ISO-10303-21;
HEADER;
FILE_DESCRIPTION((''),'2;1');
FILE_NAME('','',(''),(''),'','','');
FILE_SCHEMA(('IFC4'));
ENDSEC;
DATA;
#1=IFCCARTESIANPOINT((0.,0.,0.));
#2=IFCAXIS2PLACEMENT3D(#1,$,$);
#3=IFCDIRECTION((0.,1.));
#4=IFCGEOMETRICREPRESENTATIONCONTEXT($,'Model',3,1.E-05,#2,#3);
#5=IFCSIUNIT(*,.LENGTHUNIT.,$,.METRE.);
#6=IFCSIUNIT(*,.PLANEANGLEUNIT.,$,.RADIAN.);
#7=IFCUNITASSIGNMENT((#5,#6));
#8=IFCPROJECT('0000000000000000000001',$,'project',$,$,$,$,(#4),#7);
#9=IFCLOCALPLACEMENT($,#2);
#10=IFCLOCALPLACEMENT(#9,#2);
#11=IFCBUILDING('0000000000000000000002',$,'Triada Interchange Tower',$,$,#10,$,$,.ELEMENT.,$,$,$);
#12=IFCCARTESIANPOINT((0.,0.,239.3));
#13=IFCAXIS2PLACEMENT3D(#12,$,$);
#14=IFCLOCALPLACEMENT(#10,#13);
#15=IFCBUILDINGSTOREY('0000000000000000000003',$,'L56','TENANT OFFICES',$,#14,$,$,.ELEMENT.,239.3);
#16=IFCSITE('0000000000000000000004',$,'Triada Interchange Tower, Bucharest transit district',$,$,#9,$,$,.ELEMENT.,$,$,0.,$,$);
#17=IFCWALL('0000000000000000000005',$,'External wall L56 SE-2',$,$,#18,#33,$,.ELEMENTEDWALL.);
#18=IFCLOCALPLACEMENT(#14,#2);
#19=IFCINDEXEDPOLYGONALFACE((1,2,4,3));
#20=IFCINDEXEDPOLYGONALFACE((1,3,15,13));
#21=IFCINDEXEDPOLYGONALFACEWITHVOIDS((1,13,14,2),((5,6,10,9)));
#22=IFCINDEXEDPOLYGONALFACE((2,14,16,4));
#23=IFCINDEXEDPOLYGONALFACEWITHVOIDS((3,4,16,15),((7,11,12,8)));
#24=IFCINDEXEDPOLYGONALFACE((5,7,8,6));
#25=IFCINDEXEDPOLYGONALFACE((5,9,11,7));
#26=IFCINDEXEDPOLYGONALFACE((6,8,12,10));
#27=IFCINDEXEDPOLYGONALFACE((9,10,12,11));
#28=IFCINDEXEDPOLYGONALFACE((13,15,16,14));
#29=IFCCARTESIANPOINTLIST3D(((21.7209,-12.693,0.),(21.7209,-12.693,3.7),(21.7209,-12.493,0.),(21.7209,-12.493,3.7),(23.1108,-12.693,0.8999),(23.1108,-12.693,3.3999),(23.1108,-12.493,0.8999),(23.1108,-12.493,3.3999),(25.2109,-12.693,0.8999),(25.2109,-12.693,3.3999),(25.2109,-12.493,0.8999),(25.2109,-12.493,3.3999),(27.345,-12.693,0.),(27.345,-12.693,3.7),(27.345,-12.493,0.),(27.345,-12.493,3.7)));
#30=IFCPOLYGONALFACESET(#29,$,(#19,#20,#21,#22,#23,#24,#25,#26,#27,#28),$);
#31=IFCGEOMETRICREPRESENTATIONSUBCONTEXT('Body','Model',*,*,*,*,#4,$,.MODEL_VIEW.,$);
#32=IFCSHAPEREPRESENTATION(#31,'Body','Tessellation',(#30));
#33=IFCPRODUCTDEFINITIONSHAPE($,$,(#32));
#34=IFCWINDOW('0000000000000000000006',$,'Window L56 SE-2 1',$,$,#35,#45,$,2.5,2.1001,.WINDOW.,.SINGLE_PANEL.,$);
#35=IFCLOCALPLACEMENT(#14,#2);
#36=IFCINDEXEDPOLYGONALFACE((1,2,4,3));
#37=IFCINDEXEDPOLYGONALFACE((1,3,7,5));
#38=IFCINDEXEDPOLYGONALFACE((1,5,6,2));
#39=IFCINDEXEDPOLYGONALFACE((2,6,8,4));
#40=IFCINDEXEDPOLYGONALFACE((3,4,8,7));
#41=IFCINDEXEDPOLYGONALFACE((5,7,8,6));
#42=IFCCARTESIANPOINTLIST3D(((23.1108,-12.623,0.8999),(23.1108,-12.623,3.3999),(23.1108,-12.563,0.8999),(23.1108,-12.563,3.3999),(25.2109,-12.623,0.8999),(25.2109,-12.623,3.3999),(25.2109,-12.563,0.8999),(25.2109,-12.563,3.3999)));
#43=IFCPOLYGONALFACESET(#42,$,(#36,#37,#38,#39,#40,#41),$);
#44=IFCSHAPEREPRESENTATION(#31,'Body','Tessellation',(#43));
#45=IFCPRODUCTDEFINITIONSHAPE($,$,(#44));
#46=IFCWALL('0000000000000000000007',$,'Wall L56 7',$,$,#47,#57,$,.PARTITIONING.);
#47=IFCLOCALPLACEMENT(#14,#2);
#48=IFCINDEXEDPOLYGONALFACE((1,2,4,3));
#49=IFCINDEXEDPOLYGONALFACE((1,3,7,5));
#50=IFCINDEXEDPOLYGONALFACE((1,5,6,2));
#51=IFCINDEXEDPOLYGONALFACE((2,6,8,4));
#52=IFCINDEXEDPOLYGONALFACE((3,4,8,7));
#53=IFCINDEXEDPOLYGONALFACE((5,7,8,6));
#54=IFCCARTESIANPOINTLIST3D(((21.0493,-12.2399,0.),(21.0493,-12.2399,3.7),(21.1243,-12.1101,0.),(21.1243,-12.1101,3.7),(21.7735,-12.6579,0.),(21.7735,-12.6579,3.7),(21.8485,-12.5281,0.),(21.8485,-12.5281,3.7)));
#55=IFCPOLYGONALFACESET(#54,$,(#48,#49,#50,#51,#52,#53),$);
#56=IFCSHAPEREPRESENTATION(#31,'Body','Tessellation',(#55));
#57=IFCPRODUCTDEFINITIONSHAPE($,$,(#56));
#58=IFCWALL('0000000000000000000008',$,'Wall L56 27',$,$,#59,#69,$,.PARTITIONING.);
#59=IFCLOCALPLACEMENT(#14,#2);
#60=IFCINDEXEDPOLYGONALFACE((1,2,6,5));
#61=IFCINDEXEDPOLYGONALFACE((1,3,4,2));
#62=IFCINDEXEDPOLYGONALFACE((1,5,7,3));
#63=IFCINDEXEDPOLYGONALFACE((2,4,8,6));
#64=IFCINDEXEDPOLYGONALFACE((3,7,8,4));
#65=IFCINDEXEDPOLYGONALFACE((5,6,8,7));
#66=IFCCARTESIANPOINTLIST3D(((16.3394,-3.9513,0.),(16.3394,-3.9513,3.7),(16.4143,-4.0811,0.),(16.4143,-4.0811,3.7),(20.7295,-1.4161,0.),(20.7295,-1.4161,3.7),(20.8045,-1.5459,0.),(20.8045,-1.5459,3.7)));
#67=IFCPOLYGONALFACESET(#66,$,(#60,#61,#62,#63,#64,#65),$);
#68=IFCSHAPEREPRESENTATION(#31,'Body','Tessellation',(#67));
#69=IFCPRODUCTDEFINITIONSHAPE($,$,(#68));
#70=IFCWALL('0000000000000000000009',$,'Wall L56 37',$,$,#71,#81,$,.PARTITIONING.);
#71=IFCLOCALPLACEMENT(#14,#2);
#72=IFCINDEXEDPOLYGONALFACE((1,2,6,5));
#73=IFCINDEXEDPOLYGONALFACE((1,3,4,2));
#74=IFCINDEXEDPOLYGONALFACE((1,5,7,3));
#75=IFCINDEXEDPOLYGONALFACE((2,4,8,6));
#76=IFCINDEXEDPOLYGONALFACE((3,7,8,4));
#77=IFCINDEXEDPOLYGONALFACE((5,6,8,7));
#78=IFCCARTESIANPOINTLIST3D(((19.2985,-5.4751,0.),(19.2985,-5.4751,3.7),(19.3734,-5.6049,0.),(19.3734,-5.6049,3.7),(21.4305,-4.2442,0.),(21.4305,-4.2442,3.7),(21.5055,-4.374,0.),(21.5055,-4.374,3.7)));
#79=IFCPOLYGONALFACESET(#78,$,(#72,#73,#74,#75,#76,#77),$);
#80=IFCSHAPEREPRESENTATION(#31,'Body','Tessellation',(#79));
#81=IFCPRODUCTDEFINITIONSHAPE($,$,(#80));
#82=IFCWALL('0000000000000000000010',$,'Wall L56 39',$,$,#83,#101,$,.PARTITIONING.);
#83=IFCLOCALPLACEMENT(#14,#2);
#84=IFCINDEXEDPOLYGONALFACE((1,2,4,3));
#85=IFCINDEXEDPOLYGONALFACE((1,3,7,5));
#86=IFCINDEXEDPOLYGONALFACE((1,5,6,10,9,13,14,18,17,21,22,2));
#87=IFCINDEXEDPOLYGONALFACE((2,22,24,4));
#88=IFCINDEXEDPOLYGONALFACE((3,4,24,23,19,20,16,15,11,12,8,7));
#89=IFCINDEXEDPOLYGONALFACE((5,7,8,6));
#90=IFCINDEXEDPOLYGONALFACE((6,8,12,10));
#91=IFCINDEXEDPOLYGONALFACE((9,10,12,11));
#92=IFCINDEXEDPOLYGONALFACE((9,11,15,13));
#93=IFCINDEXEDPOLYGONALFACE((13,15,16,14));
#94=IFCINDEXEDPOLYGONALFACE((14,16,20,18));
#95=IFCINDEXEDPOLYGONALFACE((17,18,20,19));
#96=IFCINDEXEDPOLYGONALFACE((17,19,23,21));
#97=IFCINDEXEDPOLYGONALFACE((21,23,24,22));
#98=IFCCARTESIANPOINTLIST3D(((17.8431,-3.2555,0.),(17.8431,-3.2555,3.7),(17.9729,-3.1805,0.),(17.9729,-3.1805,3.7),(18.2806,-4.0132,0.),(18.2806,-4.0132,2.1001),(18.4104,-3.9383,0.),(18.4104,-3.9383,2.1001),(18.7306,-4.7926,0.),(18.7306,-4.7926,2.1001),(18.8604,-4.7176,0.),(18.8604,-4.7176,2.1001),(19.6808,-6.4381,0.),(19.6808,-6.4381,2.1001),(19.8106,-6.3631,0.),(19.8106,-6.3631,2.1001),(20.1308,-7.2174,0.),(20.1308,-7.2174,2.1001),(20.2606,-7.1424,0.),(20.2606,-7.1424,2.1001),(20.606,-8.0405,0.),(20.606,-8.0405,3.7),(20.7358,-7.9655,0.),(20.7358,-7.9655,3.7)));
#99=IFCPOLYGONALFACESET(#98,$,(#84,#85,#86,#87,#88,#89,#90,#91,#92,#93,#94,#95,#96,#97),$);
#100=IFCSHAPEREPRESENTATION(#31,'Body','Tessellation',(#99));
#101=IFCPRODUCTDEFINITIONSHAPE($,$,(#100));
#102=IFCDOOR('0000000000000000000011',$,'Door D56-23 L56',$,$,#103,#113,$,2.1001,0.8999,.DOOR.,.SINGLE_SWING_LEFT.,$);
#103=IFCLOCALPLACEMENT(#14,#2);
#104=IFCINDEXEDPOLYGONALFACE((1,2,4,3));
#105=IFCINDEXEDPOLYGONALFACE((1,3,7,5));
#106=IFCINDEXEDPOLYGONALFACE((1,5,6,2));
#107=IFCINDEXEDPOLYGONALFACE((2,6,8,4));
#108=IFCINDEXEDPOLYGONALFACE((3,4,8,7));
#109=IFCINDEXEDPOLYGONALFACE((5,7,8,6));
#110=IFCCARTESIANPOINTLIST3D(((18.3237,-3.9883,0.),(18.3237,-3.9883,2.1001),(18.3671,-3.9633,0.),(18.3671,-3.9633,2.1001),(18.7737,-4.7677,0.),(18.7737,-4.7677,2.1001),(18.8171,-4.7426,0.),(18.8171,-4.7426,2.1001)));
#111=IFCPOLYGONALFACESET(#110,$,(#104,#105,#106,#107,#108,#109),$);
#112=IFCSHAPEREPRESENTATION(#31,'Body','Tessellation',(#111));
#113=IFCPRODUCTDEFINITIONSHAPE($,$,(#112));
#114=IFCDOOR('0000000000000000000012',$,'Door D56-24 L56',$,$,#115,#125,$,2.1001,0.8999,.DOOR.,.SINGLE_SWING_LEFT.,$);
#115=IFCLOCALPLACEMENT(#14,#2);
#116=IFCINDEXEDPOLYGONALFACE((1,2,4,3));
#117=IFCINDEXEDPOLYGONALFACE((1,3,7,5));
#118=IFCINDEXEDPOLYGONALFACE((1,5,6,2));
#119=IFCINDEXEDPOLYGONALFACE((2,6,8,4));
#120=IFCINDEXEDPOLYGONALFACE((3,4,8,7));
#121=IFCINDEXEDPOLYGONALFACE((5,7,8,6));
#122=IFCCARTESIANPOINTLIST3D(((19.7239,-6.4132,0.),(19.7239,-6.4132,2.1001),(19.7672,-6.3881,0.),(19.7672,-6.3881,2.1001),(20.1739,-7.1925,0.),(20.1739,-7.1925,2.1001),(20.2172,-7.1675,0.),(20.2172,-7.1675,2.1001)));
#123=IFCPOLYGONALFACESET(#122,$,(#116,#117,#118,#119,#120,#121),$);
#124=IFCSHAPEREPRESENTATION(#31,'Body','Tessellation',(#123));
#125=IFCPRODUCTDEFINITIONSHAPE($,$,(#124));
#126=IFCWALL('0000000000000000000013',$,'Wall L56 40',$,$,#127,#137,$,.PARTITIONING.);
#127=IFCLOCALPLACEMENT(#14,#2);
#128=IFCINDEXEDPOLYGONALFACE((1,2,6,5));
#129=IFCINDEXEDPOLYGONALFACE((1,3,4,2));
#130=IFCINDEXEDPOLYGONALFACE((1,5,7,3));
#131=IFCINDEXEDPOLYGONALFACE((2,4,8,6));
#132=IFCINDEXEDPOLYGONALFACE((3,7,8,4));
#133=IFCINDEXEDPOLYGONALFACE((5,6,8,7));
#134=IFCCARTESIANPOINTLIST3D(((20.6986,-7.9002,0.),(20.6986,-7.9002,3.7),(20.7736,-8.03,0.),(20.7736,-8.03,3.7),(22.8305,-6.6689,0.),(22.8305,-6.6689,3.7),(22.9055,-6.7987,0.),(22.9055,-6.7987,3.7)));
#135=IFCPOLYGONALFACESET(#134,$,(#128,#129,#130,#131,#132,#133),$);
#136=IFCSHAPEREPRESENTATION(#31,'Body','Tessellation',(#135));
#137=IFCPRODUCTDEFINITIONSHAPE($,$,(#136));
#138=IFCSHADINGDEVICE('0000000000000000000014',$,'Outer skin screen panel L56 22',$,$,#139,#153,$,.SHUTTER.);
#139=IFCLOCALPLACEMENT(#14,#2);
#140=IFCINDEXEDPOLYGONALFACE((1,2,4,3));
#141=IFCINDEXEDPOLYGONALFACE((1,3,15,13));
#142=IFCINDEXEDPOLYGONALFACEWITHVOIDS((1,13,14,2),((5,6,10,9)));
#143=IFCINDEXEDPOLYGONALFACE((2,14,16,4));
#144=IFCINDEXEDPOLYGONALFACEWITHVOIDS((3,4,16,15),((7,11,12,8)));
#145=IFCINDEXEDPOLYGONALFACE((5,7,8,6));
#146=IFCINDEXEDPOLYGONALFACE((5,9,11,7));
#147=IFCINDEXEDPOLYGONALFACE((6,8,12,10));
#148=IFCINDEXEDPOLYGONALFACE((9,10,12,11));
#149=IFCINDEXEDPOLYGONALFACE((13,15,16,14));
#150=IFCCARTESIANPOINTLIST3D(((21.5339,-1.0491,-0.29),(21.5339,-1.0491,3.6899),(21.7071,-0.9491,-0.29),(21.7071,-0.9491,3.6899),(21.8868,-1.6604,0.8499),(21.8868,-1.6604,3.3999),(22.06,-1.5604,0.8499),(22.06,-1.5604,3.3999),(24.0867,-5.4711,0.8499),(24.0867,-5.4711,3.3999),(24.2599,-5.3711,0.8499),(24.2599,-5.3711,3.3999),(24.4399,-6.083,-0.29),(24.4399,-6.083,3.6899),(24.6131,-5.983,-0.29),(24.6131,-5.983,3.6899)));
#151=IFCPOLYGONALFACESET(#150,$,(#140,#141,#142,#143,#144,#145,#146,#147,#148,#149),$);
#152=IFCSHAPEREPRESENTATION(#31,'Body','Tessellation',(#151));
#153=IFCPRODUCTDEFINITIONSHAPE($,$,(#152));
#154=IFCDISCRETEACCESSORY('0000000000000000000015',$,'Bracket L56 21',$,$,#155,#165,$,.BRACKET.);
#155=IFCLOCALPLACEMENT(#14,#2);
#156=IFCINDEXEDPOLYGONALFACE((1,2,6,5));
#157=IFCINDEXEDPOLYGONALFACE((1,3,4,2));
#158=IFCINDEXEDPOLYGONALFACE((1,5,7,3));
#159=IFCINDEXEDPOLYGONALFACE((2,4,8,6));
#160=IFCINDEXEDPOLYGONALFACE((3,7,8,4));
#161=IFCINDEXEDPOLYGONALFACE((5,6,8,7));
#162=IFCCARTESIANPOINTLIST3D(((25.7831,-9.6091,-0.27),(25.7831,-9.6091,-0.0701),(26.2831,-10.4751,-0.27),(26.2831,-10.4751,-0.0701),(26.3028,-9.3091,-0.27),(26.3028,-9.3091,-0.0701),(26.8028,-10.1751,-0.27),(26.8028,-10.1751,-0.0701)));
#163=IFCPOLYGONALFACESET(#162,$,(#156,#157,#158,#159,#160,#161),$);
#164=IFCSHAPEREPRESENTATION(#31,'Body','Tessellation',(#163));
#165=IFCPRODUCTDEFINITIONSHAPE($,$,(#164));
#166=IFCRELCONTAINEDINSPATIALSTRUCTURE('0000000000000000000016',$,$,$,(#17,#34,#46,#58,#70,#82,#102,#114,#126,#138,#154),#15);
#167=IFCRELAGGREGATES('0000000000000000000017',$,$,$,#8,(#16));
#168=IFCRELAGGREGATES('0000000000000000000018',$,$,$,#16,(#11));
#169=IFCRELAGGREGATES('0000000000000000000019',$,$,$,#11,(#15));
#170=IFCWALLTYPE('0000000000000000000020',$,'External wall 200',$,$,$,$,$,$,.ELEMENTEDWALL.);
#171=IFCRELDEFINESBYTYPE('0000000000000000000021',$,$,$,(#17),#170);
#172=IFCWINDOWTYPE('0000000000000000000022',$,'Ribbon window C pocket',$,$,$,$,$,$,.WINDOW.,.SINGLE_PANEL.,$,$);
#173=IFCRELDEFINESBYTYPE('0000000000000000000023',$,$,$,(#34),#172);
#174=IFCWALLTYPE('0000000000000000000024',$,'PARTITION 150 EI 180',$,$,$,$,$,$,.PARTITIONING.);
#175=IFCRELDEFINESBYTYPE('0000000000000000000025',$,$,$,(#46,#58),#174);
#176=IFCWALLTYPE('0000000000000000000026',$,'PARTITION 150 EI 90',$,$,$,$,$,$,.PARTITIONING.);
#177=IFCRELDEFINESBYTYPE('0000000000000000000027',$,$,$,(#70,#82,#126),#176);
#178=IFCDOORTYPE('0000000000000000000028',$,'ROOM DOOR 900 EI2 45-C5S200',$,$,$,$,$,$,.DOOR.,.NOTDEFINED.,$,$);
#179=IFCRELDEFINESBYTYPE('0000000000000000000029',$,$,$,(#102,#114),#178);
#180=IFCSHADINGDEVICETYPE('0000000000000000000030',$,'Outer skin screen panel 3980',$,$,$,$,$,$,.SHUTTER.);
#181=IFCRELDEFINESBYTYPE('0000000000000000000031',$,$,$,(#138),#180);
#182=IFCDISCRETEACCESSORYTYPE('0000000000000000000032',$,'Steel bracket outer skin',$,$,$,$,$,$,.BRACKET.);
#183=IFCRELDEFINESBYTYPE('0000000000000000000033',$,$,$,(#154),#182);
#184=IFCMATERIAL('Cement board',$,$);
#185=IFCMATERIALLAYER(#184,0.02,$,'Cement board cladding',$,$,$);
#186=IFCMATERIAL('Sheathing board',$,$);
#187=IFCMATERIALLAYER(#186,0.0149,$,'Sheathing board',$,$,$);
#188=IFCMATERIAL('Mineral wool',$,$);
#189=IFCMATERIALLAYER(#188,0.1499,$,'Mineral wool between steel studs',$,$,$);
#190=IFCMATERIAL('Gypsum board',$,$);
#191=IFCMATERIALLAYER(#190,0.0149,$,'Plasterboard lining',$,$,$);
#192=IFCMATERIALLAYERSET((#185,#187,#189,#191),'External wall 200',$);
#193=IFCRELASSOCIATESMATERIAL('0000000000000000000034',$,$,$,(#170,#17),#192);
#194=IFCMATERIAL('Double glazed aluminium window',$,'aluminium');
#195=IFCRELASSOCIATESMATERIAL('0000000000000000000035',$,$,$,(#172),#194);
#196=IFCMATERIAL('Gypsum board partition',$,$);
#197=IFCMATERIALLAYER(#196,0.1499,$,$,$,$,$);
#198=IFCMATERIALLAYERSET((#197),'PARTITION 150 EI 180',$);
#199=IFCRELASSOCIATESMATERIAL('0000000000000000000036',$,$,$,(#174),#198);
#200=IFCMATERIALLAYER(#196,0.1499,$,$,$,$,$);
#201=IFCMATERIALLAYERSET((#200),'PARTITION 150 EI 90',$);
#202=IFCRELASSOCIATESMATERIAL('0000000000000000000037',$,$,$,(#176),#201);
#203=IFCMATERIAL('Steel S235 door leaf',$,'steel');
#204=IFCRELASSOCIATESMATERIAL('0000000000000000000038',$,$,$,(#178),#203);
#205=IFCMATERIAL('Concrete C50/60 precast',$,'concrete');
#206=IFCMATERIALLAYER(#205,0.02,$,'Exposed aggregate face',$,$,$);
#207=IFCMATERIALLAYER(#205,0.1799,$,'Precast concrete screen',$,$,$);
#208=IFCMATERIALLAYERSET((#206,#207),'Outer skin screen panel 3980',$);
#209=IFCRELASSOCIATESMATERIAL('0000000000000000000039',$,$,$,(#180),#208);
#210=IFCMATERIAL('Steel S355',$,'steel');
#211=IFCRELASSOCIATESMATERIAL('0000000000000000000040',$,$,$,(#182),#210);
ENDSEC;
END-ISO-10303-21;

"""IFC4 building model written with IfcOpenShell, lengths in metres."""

from ifc_helpers import new_model, si_unit, direction, frame, frame_2d, origin, origin_2d, place, context, subcontext, project, spatial, polyline, rectangle, outline, extrude, material, layer, layer_set, layer_usage, type_object, element, fill, save


model = new_model("IFC4")

# Units and contexts
model_context = context("Model", 3, precision=1e-05, world=origin(), true_north=direction((0.0, 1.0)))
body_context = subcontext(model_context, "Body", "Model", "MODEL_VIEW")
ifc_project = project(units=[si_unit("LENGTHUNIT", "METRE"), si_unit("PLANEANGLEUNIT", "RADIAN")], contexts=[model_context])

# Site, building, storey
site_placement = place(None, origin())
site = spatial("IfcSite", under=ifc_project, at=site_placement, Name="Triada Interchange Tower, Bucharest transit district", CompositionType="ELEMENT", RefElevation=0.0)
building_placement = place(site_placement, origin())
building = spatial("IfcBuilding", under=site, at=building_placement, Name="Triada Interchange Tower", CompositionType="ELEMENT")
storey_placement = place(building_placement, frame((0.0, 0.0, 239.3)))
storey = spatial("IfcBuildingStorey", under=building, at=storey_placement, Name="L56", Description="TENANT OFFICES", CompositionType="ELEMENT", Elevation=239.3)

# Wall, opening, window
ifc_material_1 = material(Name="Cement board")
ifc_layer_1 = layer(ifc_material_1, 0.02, Name="Cement board cladding")
ifc_material_2 = material(Name="Sheathing board")
ifc_layer_2 = layer(ifc_material_2, 0.0149, Name="Sheathing board")
ifc_material_3 = material(Name="Mineral wool")
ifc_layer_3 = layer(ifc_material_3, 0.1499, Name="Mineral wool between steel studs")
ifc_material_4 = material(Name="Gypsum board")
ifc_layer_4 = layer(ifc_material_4, 0.0149, Name="Plasterboard lining")
ifc_layer_set_1 = layer_set([ifc_layer_1, ifc_layer_2, ifc_layer_3, ifc_layer_4], Name="External wall 200")
ifc_layer_usage = layer_usage(ifc_layer_set_1, "AXIS2", "POSITIVE", -0.1001)
wall_type_1 = type_object("IfcWallType", Name="External wall 200", PredefinedType="ELEMENTEDWALL", material=ifc_layer_set_1)
wall_1_placement = place(storey_placement, frame((21.7209, -12.593, 0.0), z_axis=(0.0, 0.0, 1.0), x_axis=(1.0, 0.0, 0.0)))
wall_1 = element("IfcWall", 1, at=wall_1_placement, inside=storey, type_object=wall_type_1, material=ifc_layer_usage, Name="External wall L56 SE-2", PredefinedType="ELEMENTEDWALL", context=body_context, shape_type="SweptSolid", body=[
    extrude(rectangle(XDim=5.624, YDim=0.2, at=frame_2d((2.812, 0.0))), origin(), (0.0, 0.0, 1.0), 3.7),
])
opening_1_placement = place(wall_1_placement, frame((1.3899, 0.0, 0.8999)))
opening_1 = element("IfcOpeningElement", 2, at=opening_1_placement, cuts=wall_1, PredefinedType="OPENING", context=body_context, shape_type="SweptSolid", body=[
    extrude(rectangle(XDim=2.1001, YDim=2.5, at=frame_2d((1.05, 1.25))), frame((0.0, 0.1099, 0.0), z_axis=(0.0, -1.0, 0.0), x_axis=(1.0, 0.0, 0.0)), (0.0, 0.0, 1.0), 0.22),
])
ifc_material_5 = material(Name="Double glazed aluminium window", Category="aluminium")
window_type = type_object("IfcWindowType", Name="Ribbon window C pocket", PartitioningType="SINGLE_PANEL", PredefinedType="WINDOW", material=ifc_material_5)
window_placement = place(opening_1_placement, origin())
window = element("IfcWindow", 3, at=window_placement, inside=storey, type_object=window_type, Name="Window L56 SE-2 1", OverallHeight=2.5, OverallWidth=2.1001, PartitioningType="SINGLE_PANEL", PredefinedType="WINDOW", context=body_context, shape_type="SweptSolid", body=[
    extrude(rectangle(XDim=2.1001, YDim=2.5, at=frame_2d((1.05, 1.25))), frame((0.0, 0.03, 0.0), z_axis=(0.0, -1.0, 0.0), x_axis=(1.0, 0.0, 0.0)), (0.0, 0.0, 1.0), 0.0601),
])
fill(opening_1, window)

# Walls
ifc_material_6 = material(Name="Gypsum board partition")
ifc_layer_5 = layer(ifc_material_6, 0.1499)
ifc_layer_set_2 = layer_set([ifc_layer_5], Name="PARTITION 150 EI 180")
wall_type_2 = type_object("IfcWallType", Name="PARTITION 150 EI 180", PredefinedType="PARTITIONING", material=ifc_layer_set_2)
wall_2_placement = place(storey_placement, frame((21.0869, -12.175, 0.0), z_axis=(0.0, 0.0, 1.0), x_axis=(0.866079, -0.499908, 0.0)))
element("IfcWall", 4, at=wall_2_placement, inside=storey, type_object=wall_type_2, Name="Wall L56 7", PredefinedType="PARTITIONING", context=body_context, shape_type="SweptSolid", body=[
    extrude(rectangle(XDim=0.8362, YDim=0.1499, at=frame_2d((0.418, 0.0))), origin(), (0.0, 0.0, 1.0), 3.7),
])
wall_3_placement = place(storey_placement, frame((16.377, -4.0161, 0.0), z_axis=(0.0, 0.0, 1.0), x_axis=(0.865982, 0.500075, 0.0)))
element("IfcWall", 5, at=wall_3_placement, inside=storey, type_object=wall_type_2, Name="Wall L56 27", PredefinedType="PARTITIONING", context=body_context, shape_type="SweptSolid", body=[
    extrude(rectangle(XDim=5.0696, YDim=0.1499, at=frame_2d((2.5347, 0.0))), origin(), (0.0, 0.0, 1.0), 3.7),
])
ifc_layer_6 = layer(ifc_material_6, 0.1499)
ifc_layer_set_3 = layer_set([ifc_layer_6], Name="PARTITION 150 EI 90")
wall_type_3 = type_object("IfcWallType", Name="PARTITION 150 EI 90", PredefinedType="PARTITIONING", material=ifc_layer_set_3)
wall_4_placement = place(storey_placement, frame((19.3359, -5.54, 0.0), z_axis=(0.0, 0.0, 1.0), x_axis=(0.866025, 0.5, 0.0)))
element("IfcWall", 6, at=wall_4_placement, inside=storey, type_object=wall_type_3, Name="Wall L56 37", PredefinedType="PARTITIONING", context=body_context, shape_type="SweptSolid", body=[
    extrude(rectangle(XDim=2.4619, YDim=0.1499, at=frame_2d((1.231, 0.0))), origin(), (0.0, 0.0, 1.0), 3.7),
])

# Wall, openings, doors
wall_5_placement = place(storey_placement, frame((17.908, -3.218, 0.0), z_axis=(0.0, 0.0, 1.0), x_axis=(0.50005, -0.865996, 0.0)))
wall_5 = element("IfcWall", 7, at=wall_5_placement, inside=storey, type_object=wall_type_3, Name="Wall L56 39", PredefinedType="PARTITIONING", context=body_context, shape_type="SweptSolid", body=[
    extrude(rectangle(XDim=5.5254, YDim=0.1499, at=frame_2d((2.7627, 0.0))), origin(), (0.0, 0.0, 1.0), 3.7),
])
opening_2_placement = place(wall_5_placement, frame((0.875, 0.0, 0.0)))
opening_2 = element("IfcOpeningElement", 8, at=opening_2_placement, cuts=wall_5, PredefinedType="OPENING", context=body_context, shape_type="SweptSolid", body=[
    extrude(rectangle(XDim=0.8999, YDim=2.1001, at=frame_2d((0.45, 1.05))), frame((0.0, 0.085, 0.0), z_axis=(0.0, -1.0, 0.0), x_axis=(1.0, 0.0, 0.0)), (0.0, 0.0, 1.0), 0.1699),
])
opening_3_placement = place(wall_5_placement, frame((3.675, 0.0, 0.0)))
opening_3 = element("IfcOpeningElement", 9, at=opening_3_placement, cuts=wall_5, PredefinedType="OPENING", context=body_context, shape_type="SweptSolid", body=[
    extrude(rectangle(XDim=0.8999, YDim=2.1001, at=frame_2d((0.45, 1.05))), frame((0.0, 0.085, 0.0), z_axis=(0.0, -1.0, 0.0), x_axis=(1.0, 0.0, 0.0)), (0.0, 0.0, 1.0), 0.1699),
])
ifc_material_7 = material(Name="Steel S235 door leaf", Category="steel")
door_type = type_object("IfcDoorType", Name="ROOM DOOR 900 EI2 45-C5S200", OperationType="NOTDEFINED", PredefinedType="DOOR", material=ifc_material_7)
door_1_placement = place(opening_2_placement, origin())
door_1 = element("IfcDoor", 10, at=door_1_placement, inside=storey, type_object=door_type, Name="Door D56-23 L56", OperationType="SINGLE_SWING_LEFT", OverallHeight=2.1001, OverallWidth=0.8999, PredefinedType="DOOR", context=body_context, shape_type="SweptSolid", body=[
    extrude(rectangle(XDim=0.8999, YDim=2.1001, at=frame_2d((0.45, 1.05))), frame((0.0, 0.0249, 0.0), z_axis=(0.0, -1.0, 0.0), x_axis=(1.0, 0.0, 0.0)), (0.0, 0.0, 1.0), 0.05),
])
fill(opening_2, door_1)
door_2_placement = place(opening_3_placement, origin())
door_2 = element("IfcDoor", 11, at=door_2_placement, inside=storey, type_object=door_type, Name="Door D56-24 L56", OperationType="SINGLE_SWING_LEFT", OverallHeight=2.1001, OverallWidth=0.8999, PredefinedType="DOOR", context=body_context, shape_type="SweptSolid", body=[
    extrude(rectangle(XDim=0.8999, YDim=2.1001, at=frame_2d((0.45, 1.05))), frame((0.0, 0.0249, 0.0), z_axis=(0.0, -1.0, 0.0), x_axis=(1.0, 0.0, 0.0)), (0.0, 0.0, 1.0), 0.05),
])
fill(opening_3, door_2)

# Wall
wall_6_placement = place(storey_placement, frame((20.7361, -7.9651, 0.0), z_axis=(0.0, 0.0, 1.0), x_axis=(0.865958, 0.500117, 0.0)))
element("IfcWall", 12, at=wall_6_placement, inside=storey, type_object=wall_type_3, Name="Wall L56 40", PredefinedType="PARTITIONING", context=body_context, shape_type="SweptSolid", body=[
    extrude(rectangle(XDim=2.4619, YDim=0.1499, at=frame_2d((1.231, 0.0))), origin(), (0.0, 0.0, 1.0), 3.7),
])

# Shading device
ifc_material_8 = material(Name="Concrete C50/60 precast", Category="concrete")
ifc_layer_7 = layer(ifc_material_8, 0.02, Name="Exposed aggregate face")
ifc_layer_8 = layer(ifc_material_8, 0.1799, Name="Precast concrete screen")
ifc_layer_set_4 = layer_set([ifc_layer_7, ifc_layer_8], Name="Outer skin screen panel 3980")
shading_device_type = type_object("IfcShadingDeviceType", Name="Outer skin screen panel 3980", PredefinedType="SHUTTER", material=ifc_layer_set_4)
shading_device_placement = place(storey_placement, frame((24.4399, -6.083, -0.29), z_axis=(0.0, 0.0, 1.0), x_axis=(-0.499956, 0.866051, 0.0)))
element("IfcShadingDevice", 13, at=shading_device_placement, inside=storey, type_object=shading_device_type, Name="Outer skin screen panel L56 22", PredefinedType="SHUTTER", context=body_context, shape_type="SweptSolid", body=[
    extrude(outline(polyline([(0.0, 0.0), (5.8125, 0.0), (5.8125, 3.98), (0.0, 3.98), (0.0, 0.0)]), holes=[polyline([(0.7065, 1.1399), (0.7065, 3.6899), (5.1067, 3.6899), (5.1067, 1.1399), (0.7065, 1.1399)])]), frame((0.0, 0.0, 0.0), z_axis=(0.0, -1.0, 0.0), x_axis=(1.0, 0.0, 0.0)), (0.0, 0.0, 1.0), 0.2),
])

# Discrete accessory
ifc_material_9 = material(Name="Steel S355", Category="steel")
discrete_accessory_type = type_object("IfcDiscreteAccessoryType", Name="Steel bracket outer skin", PredefinedType="BRACKET", material=ifc_material_9)
for number, where, z_axis, x_axis, name in (
    (14, (26.293, -9.8921, -0.27), (0.0, 0.0, 1.0), (0.86603, 0.499991, 0.0), "Bracket L56 21"),
):
    element("IfcDiscreteAccessory", number, at=place(storey_placement, frame(where, z_axis=z_axis, x_axis=x_axis)), inside=storey, type_object=discrete_accessory_type, Name=name, PredefinedType="BRACKET", context=body_context, shape_type="SweptSolid", body=[
        extrude(rectangle(XDim=0.6001, YDim=1.0, at=origin_2d()), origin(), (0.0, 0.0, 1.0), 0.2),
    ])

save(model, "model.ifc")
